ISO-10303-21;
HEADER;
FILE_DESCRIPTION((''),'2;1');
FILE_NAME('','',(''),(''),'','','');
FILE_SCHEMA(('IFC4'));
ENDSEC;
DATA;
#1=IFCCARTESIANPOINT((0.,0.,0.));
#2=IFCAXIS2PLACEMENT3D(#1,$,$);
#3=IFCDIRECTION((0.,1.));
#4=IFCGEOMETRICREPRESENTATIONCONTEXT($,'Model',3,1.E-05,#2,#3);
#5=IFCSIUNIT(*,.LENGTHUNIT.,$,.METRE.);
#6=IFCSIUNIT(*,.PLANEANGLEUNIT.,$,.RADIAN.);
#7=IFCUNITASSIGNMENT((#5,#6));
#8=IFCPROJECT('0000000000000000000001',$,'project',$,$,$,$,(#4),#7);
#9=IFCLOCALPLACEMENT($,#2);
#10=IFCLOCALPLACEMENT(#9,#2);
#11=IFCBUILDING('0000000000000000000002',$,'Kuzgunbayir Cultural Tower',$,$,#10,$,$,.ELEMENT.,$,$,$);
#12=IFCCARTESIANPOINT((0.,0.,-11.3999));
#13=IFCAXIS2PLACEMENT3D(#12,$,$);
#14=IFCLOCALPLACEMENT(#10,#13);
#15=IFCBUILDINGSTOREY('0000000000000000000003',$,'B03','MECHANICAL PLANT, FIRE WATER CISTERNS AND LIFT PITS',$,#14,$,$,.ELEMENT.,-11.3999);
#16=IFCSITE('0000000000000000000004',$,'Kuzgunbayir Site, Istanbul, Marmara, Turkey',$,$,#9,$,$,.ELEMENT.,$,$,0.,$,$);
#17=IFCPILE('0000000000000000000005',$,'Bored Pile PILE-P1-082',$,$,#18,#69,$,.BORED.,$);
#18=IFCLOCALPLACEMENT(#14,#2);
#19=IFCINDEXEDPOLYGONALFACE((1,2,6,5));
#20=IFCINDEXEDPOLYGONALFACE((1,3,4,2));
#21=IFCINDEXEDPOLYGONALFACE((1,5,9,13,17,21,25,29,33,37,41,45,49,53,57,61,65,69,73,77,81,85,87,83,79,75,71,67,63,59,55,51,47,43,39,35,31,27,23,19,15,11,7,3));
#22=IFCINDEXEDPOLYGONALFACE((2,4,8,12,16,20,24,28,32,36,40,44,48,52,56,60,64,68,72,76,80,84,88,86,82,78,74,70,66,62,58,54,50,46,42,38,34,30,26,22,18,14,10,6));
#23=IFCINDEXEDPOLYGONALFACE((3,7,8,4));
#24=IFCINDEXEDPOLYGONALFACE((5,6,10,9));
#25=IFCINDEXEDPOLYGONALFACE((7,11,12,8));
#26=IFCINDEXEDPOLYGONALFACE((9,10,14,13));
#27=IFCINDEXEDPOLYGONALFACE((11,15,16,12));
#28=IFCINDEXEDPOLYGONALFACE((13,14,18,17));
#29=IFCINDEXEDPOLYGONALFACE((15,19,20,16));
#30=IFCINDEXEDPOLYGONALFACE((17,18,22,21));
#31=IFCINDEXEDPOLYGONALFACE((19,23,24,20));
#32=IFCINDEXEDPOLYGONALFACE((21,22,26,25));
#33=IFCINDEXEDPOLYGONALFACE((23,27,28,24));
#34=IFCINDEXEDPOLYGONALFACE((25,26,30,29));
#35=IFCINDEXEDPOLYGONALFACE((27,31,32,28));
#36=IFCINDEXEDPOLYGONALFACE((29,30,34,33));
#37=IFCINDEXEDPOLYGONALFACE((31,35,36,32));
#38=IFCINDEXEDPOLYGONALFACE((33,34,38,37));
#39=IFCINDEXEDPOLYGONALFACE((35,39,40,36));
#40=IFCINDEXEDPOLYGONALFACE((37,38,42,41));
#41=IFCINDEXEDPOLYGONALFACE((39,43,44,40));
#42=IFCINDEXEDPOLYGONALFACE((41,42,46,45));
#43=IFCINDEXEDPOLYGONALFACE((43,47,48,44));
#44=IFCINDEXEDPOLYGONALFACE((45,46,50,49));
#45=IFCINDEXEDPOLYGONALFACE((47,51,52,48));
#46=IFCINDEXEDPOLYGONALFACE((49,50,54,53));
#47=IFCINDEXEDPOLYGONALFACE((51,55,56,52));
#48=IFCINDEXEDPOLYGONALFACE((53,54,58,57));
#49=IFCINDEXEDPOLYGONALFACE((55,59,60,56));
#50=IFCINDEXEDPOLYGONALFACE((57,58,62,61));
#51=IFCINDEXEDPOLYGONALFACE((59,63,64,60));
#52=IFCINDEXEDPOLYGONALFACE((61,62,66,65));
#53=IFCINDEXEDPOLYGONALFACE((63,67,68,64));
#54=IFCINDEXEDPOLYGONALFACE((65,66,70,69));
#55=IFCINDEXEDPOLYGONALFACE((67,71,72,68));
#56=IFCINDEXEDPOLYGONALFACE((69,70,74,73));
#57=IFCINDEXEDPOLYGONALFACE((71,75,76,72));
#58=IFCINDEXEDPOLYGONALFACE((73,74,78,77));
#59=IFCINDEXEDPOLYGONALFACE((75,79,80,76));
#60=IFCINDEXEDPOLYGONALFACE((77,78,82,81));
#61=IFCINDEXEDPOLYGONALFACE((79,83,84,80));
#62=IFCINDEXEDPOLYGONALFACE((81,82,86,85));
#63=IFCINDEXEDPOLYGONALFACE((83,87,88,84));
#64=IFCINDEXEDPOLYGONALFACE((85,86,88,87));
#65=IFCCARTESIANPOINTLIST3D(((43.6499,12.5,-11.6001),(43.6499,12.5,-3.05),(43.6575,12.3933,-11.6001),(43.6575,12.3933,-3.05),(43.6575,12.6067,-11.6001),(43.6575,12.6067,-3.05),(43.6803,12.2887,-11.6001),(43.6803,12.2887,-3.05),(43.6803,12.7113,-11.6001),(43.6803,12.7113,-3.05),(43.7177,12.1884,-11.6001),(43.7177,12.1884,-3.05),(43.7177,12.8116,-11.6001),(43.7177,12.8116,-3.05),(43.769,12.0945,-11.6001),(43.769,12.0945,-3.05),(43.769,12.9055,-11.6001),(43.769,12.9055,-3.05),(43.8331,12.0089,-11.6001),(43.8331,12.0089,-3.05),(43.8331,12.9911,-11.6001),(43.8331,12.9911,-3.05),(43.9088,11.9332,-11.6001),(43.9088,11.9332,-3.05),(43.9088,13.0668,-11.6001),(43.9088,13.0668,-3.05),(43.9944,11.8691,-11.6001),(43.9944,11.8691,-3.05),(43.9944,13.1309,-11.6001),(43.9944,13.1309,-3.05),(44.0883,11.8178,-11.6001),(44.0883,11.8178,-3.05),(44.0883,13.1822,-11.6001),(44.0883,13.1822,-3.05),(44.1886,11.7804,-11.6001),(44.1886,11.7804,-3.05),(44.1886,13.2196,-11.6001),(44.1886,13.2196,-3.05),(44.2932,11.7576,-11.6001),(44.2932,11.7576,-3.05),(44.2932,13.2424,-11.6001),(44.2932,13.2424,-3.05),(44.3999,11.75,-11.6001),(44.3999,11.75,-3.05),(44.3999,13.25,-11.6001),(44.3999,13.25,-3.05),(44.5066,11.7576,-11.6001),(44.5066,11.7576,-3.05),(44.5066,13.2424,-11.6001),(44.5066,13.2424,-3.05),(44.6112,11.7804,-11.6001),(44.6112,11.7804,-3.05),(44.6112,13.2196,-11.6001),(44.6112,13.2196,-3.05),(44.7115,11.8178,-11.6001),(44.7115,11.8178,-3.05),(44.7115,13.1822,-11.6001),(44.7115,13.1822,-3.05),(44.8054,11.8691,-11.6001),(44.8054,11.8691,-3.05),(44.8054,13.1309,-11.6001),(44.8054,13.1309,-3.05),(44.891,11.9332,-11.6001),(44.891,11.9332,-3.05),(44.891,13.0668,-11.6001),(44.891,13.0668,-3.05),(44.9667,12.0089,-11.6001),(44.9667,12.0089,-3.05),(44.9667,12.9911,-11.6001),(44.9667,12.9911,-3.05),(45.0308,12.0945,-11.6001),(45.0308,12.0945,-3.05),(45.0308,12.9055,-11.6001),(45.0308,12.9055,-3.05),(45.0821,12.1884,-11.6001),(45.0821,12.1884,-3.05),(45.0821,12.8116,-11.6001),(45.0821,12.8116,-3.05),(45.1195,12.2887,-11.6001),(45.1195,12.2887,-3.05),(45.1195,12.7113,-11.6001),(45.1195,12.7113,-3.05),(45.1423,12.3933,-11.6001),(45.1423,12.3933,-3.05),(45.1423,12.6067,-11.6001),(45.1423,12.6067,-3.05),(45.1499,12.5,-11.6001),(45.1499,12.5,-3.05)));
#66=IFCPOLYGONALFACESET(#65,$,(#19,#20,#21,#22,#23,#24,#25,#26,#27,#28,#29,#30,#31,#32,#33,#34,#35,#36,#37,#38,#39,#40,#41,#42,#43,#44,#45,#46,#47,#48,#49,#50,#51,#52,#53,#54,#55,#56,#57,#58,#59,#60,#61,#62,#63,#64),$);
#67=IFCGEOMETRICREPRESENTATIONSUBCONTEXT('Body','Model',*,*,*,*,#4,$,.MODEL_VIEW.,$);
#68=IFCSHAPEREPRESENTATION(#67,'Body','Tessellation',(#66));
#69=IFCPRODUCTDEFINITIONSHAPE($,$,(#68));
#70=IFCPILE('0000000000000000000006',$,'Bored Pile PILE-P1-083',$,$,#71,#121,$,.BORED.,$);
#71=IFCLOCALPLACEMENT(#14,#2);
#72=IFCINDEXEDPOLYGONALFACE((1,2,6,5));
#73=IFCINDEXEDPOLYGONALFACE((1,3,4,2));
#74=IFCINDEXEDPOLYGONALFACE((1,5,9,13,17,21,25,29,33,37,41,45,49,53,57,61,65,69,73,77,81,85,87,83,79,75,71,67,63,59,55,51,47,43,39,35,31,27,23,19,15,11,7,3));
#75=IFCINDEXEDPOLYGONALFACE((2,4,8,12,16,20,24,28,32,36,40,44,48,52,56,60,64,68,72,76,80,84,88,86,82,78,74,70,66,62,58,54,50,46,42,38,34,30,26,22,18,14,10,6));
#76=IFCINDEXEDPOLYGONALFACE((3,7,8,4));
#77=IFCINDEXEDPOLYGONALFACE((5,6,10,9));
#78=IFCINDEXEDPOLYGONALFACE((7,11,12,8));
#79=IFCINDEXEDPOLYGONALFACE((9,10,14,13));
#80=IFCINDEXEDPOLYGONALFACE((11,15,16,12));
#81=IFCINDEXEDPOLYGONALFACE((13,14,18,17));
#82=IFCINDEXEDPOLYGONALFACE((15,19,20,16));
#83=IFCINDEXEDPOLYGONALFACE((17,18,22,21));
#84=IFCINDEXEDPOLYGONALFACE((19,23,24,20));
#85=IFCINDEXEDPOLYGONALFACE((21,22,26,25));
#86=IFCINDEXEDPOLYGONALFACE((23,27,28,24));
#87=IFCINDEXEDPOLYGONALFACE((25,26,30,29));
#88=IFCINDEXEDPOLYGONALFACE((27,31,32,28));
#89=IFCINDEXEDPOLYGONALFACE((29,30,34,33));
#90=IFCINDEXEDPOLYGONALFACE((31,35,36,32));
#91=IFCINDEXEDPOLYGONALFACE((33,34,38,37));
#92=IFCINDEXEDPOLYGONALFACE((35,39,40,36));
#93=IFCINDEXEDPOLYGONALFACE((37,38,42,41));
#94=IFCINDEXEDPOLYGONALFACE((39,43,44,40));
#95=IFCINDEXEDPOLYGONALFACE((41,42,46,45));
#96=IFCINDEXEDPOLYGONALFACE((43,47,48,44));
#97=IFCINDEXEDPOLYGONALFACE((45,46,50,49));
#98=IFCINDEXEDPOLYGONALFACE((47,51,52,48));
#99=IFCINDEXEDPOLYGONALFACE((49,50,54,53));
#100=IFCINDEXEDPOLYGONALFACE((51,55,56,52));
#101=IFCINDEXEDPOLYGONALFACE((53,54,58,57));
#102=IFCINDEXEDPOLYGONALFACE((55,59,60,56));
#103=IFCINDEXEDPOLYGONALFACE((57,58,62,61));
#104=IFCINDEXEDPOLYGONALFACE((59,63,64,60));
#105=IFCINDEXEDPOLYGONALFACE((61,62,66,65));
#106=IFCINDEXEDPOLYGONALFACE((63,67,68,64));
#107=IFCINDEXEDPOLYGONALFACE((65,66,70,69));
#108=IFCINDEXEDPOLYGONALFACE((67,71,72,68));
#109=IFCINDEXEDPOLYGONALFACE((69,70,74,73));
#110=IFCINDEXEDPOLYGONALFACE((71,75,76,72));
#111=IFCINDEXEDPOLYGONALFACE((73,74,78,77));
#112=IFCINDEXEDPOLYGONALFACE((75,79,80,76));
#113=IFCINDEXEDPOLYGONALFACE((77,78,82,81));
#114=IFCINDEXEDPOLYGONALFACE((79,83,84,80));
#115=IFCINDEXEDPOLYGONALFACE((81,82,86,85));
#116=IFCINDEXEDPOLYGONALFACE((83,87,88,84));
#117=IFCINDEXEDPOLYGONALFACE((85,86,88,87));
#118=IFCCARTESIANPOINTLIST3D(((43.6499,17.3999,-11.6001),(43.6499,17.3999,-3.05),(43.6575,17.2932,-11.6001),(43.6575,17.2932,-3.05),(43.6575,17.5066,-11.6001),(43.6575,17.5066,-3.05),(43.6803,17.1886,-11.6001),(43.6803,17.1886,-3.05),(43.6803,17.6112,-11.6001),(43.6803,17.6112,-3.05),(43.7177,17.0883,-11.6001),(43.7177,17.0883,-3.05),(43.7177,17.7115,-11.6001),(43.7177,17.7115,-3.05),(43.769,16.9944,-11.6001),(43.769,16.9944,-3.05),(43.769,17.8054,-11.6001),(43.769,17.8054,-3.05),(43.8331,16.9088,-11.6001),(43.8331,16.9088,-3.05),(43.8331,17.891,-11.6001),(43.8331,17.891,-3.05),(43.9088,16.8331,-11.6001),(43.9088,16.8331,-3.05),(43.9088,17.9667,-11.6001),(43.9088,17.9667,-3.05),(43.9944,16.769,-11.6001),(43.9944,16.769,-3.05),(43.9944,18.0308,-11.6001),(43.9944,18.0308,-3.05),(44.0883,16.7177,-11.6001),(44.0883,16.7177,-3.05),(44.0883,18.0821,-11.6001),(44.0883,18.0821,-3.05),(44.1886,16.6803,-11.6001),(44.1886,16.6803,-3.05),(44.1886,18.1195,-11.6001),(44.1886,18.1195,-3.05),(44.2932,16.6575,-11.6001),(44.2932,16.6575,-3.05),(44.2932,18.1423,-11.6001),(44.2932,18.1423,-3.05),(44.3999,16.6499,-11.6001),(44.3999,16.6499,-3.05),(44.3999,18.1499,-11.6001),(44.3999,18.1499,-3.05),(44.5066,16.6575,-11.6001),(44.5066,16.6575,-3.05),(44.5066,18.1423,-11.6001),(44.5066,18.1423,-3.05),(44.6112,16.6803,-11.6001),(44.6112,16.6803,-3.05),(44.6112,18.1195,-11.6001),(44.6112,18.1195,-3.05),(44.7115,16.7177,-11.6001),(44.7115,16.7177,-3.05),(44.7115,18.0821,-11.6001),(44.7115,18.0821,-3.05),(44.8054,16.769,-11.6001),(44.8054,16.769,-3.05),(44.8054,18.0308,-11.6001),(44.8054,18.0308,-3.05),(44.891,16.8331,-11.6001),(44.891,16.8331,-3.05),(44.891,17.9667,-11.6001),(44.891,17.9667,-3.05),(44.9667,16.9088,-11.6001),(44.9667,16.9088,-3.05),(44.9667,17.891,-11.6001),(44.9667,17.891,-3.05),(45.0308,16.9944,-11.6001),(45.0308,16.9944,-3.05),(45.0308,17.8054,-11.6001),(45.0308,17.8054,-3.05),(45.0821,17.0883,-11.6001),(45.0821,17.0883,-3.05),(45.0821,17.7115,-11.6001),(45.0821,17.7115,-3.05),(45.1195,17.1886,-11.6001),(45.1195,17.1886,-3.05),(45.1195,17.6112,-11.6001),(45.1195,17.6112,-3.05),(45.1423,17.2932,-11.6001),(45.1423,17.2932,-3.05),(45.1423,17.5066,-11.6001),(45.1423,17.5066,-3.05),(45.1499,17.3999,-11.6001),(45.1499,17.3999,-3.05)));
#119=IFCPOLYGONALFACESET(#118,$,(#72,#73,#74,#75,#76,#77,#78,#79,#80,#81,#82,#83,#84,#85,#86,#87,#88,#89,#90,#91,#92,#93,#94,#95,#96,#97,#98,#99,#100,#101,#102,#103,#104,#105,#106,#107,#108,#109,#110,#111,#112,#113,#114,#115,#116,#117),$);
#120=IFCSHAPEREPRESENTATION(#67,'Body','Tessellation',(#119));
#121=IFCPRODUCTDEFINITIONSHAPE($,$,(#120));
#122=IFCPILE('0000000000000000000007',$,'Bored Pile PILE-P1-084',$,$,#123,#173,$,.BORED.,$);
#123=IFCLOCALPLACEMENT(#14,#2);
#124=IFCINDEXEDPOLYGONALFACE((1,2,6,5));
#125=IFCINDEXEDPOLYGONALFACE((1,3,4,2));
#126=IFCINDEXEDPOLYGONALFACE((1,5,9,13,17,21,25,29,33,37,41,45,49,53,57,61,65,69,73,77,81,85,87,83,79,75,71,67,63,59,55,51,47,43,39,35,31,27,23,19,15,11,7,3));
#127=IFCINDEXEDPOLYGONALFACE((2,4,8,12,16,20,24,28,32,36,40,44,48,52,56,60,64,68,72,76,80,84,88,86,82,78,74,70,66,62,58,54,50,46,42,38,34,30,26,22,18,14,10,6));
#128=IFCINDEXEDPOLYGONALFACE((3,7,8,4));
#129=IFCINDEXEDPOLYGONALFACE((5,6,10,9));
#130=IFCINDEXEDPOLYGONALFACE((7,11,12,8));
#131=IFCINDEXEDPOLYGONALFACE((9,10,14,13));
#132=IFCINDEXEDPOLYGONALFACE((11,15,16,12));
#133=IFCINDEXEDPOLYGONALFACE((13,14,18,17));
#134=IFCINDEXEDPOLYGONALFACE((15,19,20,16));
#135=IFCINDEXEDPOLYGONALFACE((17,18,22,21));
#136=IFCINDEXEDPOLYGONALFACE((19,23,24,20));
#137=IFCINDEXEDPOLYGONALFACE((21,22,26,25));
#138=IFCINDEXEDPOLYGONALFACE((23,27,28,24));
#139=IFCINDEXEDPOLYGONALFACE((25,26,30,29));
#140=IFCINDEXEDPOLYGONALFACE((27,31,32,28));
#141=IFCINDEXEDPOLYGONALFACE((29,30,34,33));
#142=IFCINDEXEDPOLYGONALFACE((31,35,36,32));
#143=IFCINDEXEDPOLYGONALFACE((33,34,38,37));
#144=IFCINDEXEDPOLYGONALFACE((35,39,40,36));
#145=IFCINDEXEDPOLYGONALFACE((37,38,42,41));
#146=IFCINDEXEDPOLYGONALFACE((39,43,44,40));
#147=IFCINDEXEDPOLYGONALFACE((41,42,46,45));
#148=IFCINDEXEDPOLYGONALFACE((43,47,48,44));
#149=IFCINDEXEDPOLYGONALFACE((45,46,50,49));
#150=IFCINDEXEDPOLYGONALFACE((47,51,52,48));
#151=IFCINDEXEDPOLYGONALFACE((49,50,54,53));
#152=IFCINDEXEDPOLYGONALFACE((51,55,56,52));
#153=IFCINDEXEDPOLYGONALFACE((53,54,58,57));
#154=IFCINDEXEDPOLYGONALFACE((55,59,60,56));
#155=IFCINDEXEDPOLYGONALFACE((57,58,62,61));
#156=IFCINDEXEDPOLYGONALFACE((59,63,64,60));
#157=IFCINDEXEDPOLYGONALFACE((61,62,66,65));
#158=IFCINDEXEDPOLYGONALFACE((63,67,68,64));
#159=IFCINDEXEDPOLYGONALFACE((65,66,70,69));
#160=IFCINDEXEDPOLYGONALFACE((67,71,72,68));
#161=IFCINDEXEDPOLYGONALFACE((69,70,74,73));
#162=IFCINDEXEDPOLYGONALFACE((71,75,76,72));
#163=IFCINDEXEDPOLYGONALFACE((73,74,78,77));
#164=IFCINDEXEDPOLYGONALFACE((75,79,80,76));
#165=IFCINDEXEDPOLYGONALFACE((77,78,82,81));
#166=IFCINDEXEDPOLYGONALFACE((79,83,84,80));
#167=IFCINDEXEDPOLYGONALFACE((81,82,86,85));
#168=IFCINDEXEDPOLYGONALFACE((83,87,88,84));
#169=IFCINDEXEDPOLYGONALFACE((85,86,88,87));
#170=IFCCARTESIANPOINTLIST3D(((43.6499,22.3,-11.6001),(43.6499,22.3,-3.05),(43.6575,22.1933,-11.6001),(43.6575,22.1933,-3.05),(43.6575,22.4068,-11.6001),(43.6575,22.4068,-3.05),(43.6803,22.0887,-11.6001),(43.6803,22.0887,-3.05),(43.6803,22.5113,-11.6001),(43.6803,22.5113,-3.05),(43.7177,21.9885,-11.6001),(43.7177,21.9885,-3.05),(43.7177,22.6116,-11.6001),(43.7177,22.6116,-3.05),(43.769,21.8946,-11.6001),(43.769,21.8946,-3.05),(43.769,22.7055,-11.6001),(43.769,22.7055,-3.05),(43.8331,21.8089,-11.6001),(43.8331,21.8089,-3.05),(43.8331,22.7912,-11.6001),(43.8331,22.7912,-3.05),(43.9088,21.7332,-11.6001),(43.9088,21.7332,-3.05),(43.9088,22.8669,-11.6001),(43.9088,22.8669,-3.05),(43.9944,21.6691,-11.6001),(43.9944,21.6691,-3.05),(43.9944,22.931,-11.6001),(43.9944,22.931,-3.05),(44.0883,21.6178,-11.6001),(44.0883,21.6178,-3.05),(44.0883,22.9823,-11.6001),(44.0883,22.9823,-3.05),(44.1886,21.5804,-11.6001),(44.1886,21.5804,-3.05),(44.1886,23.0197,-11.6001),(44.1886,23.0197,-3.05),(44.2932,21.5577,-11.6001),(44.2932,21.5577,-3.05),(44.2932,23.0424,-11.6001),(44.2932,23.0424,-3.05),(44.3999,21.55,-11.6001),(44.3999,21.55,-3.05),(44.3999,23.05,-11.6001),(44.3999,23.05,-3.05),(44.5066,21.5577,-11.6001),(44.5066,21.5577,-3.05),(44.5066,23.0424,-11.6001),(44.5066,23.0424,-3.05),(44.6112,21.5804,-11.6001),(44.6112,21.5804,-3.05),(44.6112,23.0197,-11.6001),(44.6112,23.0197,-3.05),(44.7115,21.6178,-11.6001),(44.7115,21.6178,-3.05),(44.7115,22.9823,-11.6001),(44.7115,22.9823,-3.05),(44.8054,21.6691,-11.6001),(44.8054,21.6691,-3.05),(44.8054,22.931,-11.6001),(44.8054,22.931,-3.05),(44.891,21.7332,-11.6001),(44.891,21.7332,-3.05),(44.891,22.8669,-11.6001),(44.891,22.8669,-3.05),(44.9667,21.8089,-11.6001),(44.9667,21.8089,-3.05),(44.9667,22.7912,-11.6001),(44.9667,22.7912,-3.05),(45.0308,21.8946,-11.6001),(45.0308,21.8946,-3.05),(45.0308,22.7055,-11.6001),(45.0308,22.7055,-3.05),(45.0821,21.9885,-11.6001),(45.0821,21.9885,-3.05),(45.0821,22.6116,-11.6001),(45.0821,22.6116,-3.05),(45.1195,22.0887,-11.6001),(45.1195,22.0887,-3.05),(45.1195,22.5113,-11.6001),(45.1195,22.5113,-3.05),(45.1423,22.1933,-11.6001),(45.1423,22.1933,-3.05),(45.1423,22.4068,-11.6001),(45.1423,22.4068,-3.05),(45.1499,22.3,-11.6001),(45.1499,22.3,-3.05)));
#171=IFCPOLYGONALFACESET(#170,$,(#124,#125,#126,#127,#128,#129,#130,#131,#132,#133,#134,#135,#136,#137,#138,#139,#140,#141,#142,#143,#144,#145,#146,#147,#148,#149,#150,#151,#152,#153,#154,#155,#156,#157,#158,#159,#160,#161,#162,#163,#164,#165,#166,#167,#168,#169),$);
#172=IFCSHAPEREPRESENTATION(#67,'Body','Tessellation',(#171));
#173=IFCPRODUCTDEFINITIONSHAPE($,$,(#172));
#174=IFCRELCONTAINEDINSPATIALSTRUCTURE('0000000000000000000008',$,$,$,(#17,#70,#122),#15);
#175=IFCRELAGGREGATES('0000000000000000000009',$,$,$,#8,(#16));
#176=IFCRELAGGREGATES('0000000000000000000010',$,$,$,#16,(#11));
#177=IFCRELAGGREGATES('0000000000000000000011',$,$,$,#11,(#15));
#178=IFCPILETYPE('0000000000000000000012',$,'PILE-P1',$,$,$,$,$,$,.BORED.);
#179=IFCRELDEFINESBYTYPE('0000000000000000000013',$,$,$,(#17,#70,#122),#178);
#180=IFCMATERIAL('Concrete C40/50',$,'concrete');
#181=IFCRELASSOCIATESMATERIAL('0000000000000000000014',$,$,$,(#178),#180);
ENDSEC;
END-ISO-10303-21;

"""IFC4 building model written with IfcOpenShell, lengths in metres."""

from ifc_helpers import new_model, si_unit, direction, frame, origin, origin_2d, place, context, subcontext, project, spatial, circle, extrude, material, material_profile, profile_set, type_object, element, save


model = new_model("IFC4")

# Units and contexts
model_context = context("Model", 3, precision=1e-05, world=origin(), true_north=direction((0.0, 1.0)))
body_context = subcontext(model_context, "Body", "Model", "MODEL_VIEW")
ifc_project = project(units=[si_unit("LENGTHUNIT", "METRE"), si_unit("PLANEANGLEUNIT", "RADIAN")], contexts=[model_context])

# Site, building, storey
site_placement = place(None, origin())
site = spatial("IfcSite", under=ifc_project, at=site_placement, Name="Kuzgunbayir Site, Istanbul, Marmara, Turkey", CompositionType="ELEMENT", RefElevation=0.0)
building_placement = place(site_placement, origin())
building = spatial("IfcBuilding", under=site, at=building_placement, Name="Kuzgunbayir Cultural Tower", CompositionType="ELEMENT")
storey_placement = place(building_placement, frame((0.0, 0.0, -11.3999)))
storey = spatial("IfcBuildingStorey", under=building, at=storey_placement, Name="B03", Description="MECHANICAL PLANT, FIRE WATER CISTERNS AND LIFT PITS", CompositionType="ELEMENT", Elevation=-11.3999)

# Piles
ifc_material_1 = material(Name="Concrete C40/50", Category="concrete")
ifc_material_profile_1 = material_profile(ifc_material_1, circle(Radius=0.75, at=origin_2d()), Name="BORED PILE 1500")
ifc_profile_set_1 = profile_set([ifc_material_profile_1], Name="Concrete C40/50")
pile_type_1 = type_object("IfcPileType", Name="PILE-P1", PredefinedType="BORED", material=ifc_profile_set_1)
for number, where, z_axis, x_axis, name in (
    (1, (44.3999, 12.5, -3.05), (0.0, 0.0, -1.0), (1.0, 0.0, 0.0), "Bored Pile PILE-P1-082"),
    (2, (44.3999, 17.3999, -3.05), (0.0, 0.0, -1.0), (1.0, 0.0, 0.0), "Bored Pile PILE-P1-083"),
    (3, (44.3999, 22.3, -3.05), (0.0, 0.0, -1.0), (1.0, 0.0, 0.0), "Bored Pile PILE-P1-084"),
):
    element("IfcPile", number, at=place(storey_placement, frame(where, z_axis=z_axis, x_axis=x_axis)), inside=storey, type_object=pile_type_1, Name=name, PredefinedType="BORED", context=body_context, shape_type="SweptSolid", body=[
        extrude(circle(Radius=0.75, at=origin_2d()), origin(), (0.0, 0.0, 1.0), 8.55),
    ])

save(model, "model.ifc")
